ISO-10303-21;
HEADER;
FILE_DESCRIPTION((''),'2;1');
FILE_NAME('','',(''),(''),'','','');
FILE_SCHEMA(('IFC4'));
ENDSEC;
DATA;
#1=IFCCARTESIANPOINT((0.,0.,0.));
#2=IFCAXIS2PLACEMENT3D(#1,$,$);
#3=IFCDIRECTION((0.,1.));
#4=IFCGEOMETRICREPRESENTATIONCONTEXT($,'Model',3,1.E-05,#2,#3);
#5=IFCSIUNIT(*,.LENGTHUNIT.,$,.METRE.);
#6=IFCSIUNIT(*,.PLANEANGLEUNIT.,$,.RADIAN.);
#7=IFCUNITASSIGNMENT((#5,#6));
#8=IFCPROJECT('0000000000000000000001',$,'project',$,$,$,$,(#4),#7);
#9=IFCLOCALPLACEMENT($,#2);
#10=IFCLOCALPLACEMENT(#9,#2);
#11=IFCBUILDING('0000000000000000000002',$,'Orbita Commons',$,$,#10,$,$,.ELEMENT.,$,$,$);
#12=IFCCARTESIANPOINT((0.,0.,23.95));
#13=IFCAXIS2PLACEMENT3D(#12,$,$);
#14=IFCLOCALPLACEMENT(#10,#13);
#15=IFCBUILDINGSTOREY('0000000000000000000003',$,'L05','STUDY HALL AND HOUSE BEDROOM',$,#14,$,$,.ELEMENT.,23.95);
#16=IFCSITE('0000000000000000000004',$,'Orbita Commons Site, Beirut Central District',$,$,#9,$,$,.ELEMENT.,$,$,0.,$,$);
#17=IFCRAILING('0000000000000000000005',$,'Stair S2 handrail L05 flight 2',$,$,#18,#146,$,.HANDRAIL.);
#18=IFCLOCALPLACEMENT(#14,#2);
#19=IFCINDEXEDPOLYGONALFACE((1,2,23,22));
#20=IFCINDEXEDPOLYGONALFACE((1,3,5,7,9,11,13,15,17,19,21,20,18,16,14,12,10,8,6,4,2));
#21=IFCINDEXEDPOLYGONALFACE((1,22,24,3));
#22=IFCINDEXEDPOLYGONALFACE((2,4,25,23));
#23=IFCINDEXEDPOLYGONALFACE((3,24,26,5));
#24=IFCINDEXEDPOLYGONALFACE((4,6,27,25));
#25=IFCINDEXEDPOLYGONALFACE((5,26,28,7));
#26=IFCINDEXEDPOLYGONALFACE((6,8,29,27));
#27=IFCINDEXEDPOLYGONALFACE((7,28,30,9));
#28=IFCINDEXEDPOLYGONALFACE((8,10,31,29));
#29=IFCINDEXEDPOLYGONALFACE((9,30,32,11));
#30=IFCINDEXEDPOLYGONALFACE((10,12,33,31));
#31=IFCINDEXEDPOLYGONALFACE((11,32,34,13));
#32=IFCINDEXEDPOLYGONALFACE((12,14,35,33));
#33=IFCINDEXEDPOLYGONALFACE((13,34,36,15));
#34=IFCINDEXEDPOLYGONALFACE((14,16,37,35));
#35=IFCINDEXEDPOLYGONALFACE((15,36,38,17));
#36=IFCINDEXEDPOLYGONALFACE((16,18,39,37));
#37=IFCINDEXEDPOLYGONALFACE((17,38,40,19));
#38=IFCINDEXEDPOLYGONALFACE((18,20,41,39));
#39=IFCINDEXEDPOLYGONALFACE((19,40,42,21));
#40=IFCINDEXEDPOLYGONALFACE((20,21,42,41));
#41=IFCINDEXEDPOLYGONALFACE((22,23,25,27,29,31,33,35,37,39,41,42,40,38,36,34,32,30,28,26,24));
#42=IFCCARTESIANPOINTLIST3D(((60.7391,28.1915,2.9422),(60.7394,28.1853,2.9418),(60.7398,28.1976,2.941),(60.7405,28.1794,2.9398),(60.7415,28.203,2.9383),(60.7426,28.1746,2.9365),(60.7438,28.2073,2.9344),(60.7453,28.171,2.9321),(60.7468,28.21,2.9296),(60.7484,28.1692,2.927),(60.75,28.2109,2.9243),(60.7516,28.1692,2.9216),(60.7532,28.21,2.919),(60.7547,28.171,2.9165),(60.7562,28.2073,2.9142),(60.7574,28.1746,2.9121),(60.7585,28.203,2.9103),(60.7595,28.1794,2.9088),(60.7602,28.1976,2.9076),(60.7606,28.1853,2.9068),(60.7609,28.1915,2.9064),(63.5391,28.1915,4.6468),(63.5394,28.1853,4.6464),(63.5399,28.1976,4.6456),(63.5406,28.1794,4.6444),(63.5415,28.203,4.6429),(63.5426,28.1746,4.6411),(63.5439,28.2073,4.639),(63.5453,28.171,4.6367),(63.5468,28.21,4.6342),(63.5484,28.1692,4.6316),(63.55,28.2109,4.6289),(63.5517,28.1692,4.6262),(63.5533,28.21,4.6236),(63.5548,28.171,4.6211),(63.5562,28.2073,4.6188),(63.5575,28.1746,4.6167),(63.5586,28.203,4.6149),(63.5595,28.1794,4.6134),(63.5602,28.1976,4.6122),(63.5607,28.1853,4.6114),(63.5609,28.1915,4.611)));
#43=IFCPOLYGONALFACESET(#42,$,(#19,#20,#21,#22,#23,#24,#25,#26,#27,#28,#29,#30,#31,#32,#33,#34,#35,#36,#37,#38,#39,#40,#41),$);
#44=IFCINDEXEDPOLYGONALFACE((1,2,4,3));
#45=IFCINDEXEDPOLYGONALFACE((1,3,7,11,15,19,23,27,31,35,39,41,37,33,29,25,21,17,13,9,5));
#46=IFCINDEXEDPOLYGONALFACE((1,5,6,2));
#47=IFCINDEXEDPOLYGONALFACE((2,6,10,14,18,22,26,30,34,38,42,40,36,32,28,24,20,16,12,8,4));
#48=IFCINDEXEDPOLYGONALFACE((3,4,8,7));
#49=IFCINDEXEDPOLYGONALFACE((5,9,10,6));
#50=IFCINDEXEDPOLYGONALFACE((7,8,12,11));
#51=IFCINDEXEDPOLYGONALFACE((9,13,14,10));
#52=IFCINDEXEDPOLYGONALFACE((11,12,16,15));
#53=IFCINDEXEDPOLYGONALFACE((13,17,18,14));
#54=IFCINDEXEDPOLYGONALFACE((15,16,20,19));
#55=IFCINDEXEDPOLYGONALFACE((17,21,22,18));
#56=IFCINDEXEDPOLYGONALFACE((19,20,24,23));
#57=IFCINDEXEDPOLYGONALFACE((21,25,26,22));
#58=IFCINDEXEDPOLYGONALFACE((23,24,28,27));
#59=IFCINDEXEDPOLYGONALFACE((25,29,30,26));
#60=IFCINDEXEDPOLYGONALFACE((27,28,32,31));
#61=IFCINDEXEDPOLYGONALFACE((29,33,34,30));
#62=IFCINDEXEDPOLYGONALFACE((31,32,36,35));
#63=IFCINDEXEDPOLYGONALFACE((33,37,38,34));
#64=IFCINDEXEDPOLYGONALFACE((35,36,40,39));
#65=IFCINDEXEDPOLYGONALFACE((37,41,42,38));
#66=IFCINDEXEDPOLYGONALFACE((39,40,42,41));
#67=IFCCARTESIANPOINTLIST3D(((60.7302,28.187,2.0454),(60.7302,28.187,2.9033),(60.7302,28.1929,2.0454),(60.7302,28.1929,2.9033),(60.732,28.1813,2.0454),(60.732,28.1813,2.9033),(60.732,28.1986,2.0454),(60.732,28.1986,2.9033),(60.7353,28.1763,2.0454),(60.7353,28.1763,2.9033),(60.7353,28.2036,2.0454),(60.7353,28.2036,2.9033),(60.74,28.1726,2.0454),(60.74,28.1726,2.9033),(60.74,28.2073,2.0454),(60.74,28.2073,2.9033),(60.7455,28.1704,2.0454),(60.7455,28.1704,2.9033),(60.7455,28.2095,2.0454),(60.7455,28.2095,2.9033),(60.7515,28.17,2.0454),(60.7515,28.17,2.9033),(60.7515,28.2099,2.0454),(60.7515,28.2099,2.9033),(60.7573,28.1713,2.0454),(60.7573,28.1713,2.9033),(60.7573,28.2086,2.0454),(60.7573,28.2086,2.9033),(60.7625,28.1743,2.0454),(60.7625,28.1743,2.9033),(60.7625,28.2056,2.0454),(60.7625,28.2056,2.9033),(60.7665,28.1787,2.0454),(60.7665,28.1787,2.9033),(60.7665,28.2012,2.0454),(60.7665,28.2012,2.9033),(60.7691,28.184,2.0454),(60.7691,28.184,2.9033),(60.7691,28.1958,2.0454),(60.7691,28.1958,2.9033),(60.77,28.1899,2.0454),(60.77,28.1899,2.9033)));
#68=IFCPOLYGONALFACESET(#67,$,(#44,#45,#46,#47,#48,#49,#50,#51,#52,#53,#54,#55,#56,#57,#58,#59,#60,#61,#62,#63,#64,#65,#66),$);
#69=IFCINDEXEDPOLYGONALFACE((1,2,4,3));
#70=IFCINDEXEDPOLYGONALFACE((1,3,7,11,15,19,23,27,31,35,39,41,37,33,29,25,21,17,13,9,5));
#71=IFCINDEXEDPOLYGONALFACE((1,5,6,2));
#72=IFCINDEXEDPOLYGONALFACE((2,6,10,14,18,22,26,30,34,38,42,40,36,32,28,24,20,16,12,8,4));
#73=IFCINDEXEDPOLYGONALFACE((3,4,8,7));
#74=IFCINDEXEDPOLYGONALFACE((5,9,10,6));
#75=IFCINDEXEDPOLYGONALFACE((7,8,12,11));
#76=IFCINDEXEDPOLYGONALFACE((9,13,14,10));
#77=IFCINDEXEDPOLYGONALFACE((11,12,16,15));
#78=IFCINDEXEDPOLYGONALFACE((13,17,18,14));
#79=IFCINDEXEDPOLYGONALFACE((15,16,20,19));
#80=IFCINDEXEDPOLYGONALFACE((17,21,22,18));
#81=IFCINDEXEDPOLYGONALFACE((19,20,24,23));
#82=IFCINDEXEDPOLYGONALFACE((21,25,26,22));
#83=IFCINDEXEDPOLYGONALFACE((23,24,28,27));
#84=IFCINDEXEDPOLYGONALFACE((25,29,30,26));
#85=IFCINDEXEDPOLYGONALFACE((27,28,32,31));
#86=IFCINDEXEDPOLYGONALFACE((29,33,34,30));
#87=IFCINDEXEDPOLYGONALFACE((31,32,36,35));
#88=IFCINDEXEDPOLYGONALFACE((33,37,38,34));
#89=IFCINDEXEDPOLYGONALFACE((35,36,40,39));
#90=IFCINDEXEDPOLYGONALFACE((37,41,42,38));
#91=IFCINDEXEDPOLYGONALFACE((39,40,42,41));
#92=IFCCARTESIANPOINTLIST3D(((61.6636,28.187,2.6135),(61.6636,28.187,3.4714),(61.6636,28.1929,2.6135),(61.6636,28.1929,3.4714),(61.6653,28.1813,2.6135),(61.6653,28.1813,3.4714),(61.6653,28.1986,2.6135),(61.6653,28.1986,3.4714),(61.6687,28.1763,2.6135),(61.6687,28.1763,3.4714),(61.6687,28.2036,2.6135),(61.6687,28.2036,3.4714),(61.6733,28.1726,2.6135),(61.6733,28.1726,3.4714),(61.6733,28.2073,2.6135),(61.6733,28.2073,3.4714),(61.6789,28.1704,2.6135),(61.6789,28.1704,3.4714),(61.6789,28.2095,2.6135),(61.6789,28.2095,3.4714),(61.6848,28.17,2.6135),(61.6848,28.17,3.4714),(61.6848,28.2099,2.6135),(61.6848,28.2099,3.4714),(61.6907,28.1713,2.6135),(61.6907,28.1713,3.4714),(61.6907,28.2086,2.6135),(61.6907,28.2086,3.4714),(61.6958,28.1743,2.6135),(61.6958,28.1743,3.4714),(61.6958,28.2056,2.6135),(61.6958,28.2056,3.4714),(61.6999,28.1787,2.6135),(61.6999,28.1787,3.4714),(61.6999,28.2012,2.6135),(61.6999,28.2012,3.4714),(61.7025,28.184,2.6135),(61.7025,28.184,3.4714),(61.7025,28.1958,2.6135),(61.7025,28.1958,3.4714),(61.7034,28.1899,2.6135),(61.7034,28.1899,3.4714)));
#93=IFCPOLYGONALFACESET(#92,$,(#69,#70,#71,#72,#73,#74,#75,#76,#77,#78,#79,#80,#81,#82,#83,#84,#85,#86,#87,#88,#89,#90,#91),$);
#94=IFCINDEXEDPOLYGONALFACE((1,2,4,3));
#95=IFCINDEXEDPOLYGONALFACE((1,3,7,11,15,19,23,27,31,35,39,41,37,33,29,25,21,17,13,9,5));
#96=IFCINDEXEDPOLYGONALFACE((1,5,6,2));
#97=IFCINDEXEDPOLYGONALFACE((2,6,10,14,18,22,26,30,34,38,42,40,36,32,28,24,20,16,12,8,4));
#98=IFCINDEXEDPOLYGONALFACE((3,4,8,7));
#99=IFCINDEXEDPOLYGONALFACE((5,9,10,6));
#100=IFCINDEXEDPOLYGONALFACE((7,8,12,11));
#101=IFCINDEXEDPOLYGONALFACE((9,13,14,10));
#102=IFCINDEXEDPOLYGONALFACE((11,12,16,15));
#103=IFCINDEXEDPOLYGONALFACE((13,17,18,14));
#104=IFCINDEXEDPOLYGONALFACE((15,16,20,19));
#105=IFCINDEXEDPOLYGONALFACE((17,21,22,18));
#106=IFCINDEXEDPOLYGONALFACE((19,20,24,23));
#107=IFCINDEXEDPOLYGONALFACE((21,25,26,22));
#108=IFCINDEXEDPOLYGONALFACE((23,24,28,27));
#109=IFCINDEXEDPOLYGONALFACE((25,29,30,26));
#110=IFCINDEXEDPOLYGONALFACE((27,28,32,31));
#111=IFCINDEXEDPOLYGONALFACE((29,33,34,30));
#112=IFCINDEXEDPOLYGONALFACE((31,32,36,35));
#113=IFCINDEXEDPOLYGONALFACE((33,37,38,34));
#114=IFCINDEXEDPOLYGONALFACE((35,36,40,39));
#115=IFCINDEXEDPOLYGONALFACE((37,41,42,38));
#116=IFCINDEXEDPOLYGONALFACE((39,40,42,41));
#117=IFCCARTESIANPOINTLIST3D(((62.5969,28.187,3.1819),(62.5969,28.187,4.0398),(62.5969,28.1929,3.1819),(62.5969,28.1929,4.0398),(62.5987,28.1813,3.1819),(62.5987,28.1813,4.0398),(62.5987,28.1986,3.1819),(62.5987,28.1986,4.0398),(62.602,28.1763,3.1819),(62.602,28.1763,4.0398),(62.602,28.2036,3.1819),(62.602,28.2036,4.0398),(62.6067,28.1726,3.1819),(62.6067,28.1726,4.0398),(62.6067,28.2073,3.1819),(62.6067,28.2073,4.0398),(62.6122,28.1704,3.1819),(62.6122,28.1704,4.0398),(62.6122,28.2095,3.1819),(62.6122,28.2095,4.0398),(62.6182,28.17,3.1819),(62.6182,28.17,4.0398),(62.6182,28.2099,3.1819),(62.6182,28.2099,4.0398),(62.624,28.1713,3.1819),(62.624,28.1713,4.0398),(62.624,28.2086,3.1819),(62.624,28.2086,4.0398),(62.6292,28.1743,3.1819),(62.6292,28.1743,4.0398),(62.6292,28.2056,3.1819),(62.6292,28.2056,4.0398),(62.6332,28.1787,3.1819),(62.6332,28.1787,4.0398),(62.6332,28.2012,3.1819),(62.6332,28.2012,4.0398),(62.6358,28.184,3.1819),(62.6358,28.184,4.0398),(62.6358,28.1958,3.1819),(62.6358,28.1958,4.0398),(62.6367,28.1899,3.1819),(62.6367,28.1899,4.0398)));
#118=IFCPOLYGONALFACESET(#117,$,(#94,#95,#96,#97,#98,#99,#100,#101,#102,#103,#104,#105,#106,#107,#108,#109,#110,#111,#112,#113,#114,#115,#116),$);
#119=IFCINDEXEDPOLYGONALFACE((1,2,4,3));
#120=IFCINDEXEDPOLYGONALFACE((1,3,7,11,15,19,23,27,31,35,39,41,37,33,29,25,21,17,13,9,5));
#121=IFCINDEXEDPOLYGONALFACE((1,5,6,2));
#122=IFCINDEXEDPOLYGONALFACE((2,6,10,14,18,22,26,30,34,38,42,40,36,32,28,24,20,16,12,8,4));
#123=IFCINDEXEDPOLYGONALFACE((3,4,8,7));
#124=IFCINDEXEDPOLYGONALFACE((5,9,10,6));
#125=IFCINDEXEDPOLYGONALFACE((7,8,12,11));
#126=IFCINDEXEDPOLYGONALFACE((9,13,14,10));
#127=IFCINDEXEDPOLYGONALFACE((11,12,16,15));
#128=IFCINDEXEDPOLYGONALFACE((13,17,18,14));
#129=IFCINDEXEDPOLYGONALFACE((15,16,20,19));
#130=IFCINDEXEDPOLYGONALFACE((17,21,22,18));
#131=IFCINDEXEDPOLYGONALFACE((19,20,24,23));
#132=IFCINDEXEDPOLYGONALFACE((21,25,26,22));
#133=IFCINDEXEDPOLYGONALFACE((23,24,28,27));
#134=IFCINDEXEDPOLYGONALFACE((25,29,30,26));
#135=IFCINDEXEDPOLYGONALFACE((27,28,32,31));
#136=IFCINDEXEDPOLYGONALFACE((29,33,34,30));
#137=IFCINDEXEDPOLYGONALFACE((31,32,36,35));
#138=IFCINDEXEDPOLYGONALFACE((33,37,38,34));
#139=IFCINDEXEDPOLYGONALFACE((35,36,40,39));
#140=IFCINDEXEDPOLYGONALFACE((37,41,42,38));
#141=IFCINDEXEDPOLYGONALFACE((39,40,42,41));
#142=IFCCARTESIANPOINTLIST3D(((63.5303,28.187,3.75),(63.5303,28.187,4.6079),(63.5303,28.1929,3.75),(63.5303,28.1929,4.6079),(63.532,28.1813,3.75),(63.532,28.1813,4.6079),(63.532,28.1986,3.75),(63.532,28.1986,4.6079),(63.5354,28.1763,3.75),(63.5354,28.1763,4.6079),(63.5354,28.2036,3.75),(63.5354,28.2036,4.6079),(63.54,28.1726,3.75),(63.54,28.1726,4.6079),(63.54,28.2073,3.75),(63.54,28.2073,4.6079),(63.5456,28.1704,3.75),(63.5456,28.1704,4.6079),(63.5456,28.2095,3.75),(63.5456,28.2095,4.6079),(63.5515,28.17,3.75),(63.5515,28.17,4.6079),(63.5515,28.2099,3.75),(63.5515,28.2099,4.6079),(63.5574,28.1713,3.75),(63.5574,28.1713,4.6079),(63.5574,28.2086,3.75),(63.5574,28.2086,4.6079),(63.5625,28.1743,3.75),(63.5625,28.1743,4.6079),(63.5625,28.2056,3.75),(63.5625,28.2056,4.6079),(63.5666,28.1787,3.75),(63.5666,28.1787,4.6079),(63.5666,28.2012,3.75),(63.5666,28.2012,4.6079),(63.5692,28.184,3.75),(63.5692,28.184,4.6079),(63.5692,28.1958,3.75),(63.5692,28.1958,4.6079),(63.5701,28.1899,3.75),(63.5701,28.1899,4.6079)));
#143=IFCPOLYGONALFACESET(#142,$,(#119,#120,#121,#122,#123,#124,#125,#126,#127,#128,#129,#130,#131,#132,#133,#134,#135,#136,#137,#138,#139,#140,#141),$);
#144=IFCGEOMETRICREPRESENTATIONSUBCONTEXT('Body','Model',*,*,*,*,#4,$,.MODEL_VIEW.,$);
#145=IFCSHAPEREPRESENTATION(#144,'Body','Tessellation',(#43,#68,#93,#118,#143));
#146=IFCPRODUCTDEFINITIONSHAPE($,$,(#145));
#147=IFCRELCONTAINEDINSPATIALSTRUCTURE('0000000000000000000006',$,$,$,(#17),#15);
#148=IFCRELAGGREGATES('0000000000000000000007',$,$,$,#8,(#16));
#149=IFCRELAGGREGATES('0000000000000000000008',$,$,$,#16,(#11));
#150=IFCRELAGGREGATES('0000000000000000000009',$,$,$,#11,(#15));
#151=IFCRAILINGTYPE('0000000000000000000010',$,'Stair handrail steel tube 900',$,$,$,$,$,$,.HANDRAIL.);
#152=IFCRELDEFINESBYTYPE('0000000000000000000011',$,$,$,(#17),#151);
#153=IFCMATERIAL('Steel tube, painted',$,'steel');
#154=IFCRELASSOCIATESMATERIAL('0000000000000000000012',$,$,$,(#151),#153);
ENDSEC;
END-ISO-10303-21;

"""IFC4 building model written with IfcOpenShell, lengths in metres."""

from ifc_helpers import new_model, si_unit, direction, frame, origin, origin_2d, place, context, subcontext, project, spatial, circle, extrude, material, type_object, element, save


model = new_model("IFC4")

# Units and contexts
model_context = context("Model", 3, precision=1e-05, world=origin(), true_north=direction((0.0, 1.0)))
body_context = subcontext(model_context, "Body", "Model", "MODEL_VIEW")
ifc_project = project(units=[si_unit("LENGTHUNIT", "METRE"), si_unit("PLANEANGLEUNIT", "RADIAN")], contexts=[model_context])

# Site, building, storey
site_placement = place(None, origin())
site = spatial("IfcSite", under=ifc_project, at=site_placement, Name="Orbita Commons Site, Beirut Central District", CompositionType="ELEMENT", RefElevation=0.0)
building_placement = place(site_placement, origin())
building = spatial("IfcBuilding", under=site, at=building_placement, Name="Orbita Commons", CompositionType="ELEMENT")
storey_placement = place(building_placement, frame((0.0, 0.0, 23.95)))
storey = spatial("IfcBuildingStorey", under=building, at=storey_placement, Name="L05", Description="STUDY HALL AND HOUSE BEDROOM", CompositionType="ELEMENT", Elevation=23.95)

# Railing
ifc_material_1 = material(Name="Steel tube, painted", Category="steel")
railing_type = type_object("IfcRailingType", Name="Stair handrail steel tube 900", PredefinedType="HANDRAIL", material=ifc_material_1)
for number, where, name in (
    (1, (60.75, 28.1899, 2.0454), "Stair S2 handrail L05 flight 2"),
):
    element("IfcRailing", number, at=place(storey_placement, frame(where)), inside=storey, type_object=railing_type, Name=name, PredefinedType="HANDRAIL", context=body_context, shape_type="SweptSolid", body=[
        extrude(circle(Radius=0.021, at=origin_2d()), frame((0.0, 0.0, 0.8789), z_axis=(0.85417, 0.0, 0.519994), x_axis=(0.0, 1.0, 0.0)), (0.0, 0.0, 1.0), 3.2781),
        extrude(circle(Radius=0.02, at=origin_2d()), origin(), (0.0, 0.0, 1.0), 0.8579),
        extrude(circle(Radius=0.02, at=origin_2d()), frame((0.9333, 0.0, 0.5681)), (0.0, 0.0, 1.0), 0.8579),
        extrude(circle(Radius=0.02, at=origin_2d()), frame((1.8667, 0.0, 1.1365)), (0.0, 0.0, 1.0), 0.8579),
        extrude(circle(Radius=0.02, at=origin_2d()), frame((2.8, 0.0, 1.7046)), (0.0, 0.0, 1.0), 0.8579),
    ])

save(model, "model.ifc")
